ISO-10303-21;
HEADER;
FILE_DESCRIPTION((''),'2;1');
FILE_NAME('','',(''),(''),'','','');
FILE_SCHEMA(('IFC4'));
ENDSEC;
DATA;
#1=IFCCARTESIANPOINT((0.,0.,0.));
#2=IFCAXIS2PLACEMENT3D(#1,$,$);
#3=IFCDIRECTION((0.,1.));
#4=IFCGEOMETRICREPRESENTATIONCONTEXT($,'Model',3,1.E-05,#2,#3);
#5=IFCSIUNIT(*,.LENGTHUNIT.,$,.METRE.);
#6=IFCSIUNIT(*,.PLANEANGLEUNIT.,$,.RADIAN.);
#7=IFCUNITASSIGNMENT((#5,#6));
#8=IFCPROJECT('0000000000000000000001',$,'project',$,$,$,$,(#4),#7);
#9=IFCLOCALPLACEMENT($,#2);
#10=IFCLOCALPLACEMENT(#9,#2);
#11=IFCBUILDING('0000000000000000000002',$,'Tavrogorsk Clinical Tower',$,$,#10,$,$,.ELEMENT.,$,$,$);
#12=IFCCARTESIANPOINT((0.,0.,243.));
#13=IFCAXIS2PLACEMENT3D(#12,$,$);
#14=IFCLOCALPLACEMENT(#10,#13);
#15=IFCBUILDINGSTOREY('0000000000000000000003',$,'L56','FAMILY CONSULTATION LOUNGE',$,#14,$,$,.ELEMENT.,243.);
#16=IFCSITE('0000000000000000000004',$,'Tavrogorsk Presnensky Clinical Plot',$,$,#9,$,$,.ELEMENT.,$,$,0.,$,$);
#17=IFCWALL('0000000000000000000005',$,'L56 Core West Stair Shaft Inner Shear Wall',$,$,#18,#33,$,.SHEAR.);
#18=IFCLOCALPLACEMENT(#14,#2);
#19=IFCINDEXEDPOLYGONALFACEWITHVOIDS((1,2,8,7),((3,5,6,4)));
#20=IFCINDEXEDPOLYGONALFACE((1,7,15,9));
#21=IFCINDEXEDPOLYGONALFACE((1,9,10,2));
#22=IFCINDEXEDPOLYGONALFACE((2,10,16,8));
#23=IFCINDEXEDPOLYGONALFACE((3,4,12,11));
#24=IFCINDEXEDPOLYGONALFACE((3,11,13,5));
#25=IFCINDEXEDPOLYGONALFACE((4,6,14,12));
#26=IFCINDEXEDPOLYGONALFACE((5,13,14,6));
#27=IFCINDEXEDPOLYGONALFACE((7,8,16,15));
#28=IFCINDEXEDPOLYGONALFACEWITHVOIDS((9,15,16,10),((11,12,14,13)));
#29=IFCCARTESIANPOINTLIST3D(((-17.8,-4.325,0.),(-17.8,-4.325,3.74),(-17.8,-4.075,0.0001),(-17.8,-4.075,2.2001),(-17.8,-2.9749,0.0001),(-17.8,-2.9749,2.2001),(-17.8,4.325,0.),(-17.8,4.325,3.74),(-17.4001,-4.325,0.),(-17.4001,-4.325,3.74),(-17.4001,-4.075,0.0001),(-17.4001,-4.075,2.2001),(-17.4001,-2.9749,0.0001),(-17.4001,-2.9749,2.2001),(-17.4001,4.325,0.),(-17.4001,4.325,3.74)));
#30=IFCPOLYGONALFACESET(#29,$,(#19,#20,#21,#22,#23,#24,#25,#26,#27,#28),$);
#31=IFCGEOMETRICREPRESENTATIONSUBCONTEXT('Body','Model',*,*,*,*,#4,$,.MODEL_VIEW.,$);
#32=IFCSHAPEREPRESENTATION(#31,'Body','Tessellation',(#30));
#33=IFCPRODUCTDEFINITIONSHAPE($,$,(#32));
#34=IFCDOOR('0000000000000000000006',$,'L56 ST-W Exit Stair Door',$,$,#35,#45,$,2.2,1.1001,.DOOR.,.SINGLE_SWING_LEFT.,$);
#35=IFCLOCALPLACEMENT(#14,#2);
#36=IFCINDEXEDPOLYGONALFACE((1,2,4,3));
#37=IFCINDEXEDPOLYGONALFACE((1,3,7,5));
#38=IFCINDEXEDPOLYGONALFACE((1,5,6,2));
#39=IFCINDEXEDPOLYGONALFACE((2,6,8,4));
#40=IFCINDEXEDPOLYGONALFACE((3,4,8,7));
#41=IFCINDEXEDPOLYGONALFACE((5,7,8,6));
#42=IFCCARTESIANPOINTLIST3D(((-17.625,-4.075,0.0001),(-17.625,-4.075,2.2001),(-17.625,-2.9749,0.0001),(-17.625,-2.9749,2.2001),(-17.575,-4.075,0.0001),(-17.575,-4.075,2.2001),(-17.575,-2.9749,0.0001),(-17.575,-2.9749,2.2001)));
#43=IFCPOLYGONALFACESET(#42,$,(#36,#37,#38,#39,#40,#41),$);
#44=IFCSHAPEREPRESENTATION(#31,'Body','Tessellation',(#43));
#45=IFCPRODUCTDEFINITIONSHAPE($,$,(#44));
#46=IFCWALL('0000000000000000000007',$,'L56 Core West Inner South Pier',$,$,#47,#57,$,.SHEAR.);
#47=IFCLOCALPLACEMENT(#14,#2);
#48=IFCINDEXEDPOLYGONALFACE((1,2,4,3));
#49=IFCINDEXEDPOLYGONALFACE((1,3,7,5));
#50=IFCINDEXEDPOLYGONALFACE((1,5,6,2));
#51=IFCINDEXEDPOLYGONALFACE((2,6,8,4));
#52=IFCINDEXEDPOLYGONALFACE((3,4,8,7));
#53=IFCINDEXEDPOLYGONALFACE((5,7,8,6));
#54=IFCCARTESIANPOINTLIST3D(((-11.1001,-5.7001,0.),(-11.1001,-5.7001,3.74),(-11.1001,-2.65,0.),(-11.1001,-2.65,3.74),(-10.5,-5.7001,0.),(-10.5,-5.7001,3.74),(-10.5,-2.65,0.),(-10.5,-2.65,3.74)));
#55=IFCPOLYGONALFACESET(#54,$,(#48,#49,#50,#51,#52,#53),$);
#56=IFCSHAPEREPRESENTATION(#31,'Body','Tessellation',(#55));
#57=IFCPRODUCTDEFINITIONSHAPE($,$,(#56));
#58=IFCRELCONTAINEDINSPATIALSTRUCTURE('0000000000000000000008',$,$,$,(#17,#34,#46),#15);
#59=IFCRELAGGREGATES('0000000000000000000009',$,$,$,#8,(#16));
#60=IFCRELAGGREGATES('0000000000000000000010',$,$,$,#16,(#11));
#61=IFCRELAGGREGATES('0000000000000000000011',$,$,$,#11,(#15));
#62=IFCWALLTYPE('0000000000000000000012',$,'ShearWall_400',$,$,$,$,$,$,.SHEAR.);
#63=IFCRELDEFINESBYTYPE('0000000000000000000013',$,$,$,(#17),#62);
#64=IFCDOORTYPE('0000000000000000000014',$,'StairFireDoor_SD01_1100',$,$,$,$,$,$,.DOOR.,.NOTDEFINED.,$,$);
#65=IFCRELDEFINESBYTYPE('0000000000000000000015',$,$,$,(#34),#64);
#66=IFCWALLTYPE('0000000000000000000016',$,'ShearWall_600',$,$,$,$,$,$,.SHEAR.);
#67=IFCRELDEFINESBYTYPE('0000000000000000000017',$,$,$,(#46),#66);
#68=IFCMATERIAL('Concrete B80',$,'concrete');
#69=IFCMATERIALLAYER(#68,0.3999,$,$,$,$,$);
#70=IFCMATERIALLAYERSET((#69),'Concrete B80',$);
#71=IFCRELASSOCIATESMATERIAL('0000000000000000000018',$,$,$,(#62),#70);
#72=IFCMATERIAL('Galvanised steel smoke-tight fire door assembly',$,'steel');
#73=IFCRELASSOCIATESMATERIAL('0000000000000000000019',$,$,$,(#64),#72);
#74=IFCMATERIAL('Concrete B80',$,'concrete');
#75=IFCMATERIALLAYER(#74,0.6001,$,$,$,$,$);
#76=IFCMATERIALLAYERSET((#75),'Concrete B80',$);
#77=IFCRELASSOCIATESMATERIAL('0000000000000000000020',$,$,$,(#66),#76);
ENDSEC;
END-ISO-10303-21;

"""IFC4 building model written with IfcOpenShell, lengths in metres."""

from ifc_helpers import new_model, si_unit, direction, frame, frame_2d, origin, place, context, subcontext, project, spatial, rectangle, extrude, material, layer, layer_set, type_object, element, fill, save


model = new_model("IFC4")

# Units and contexts
model_context = context("Model", 3, precision=1e-05, world=origin(), true_north=direction((0.0, 1.0)))
body_context = subcontext(model_context, "Body", "Model", "MODEL_VIEW")
ifc_project = project(units=[si_unit("LENGTHUNIT", "METRE"), si_unit("PLANEANGLEUNIT", "RADIAN")], contexts=[model_context])

# Site, building, storey
site_placement = place(None, origin())
site = spatial("IfcSite", under=ifc_project, at=site_placement, Name="Tavrogorsk Presnensky Clinical Plot", CompositionType="ELEMENT", RefElevation=0.0)
building_placement = place(site_placement, origin())
building = spatial("IfcBuilding", under=site, at=building_placement, Name="Tavrogorsk Clinical Tower", CompositionType="ELEMENT")
storey_placement = place(building_placement, frame((0.0, 0.0, 243.0)))
storey = spatial("IfcBuildingStorey", under=building, at=storey_placement, Name="L56", Description="FAMILY CONSULTATION LOUNGE", CompositionType="ELEMENT", Elevation=243.0)

# Wall, opening, door
ifc_material_1 = material(Name="Concrete B80", Category="concrete")
ifc_layer_1 = layer(ifc_material_1, 0.3999)
ifc_layer_set_1 = layer_set([ifc_layer_1], Name="Concrete B80")
wall_type_1 = type_object("IfcWallType", Name="ShearWall_400", PredefinedType="SHEAR", material=ifc_layer_set_1)
wall_1_placement = place(storey_placement, frame((-17.6001, -4.325, 0.0), z_axis=(0.0, 0.0, 1.0), x_axis=(0.0, 1.0, 0.0)))
wall_1 = element("IfcWall", 1, at=wall_1_placement, inside=storey, type_object=wall_type_1, Name="L56 Core West Stair Shaft Inner Shear Wall", PredefinedType="SHEAR", context=body_context, shape_type="SweptSolid", body=[
    extrude(rectangle(XDim=8.6499, YDim=0.3999, at=frame_2d((4.325, 0.0))), origin(), (0.0, 0.0, 1.0), 3.74),
])
opening_1_placement = place(wall_1_placement, frame((0.25, 0.0, 0.0)))
opening_1 = element("IfcOpeningElement", 2, at=opening_1_placement, cuts=wall_1, PredefinedType="OPENING", context=body_context, shape_type="SweptSolid", body=[
    extrude(rectangle(XDim=1.1001, YDim=2.2, at=frame_2d((0.55, 1.1001))), frame((0.0, 0.21, 0.0), z_axis=(0.0, -1.0, 0.0), x_axis=(1.0, 0.0, 0.0)), (0.0, 0.0, 1.0), 0.4199),
])
ifc_material_2 = material(Name="Galvanised steel smoke-tight fire door assembly", Category="steel")
door_type_1 = type_object("IfcDoorType", Name="StairFireDoor_SD01_1100", OperationType="NOTDEFINED", PredefinedType="DOOR", material=ifc_material_2)
door_1_placement = place(opening_1_placement, origin())
door_1 = element("IfcDoor", 3, at=door_1_placement, inside=storey, type_object=door_type_1, Name="L56 ST-W Exit Stair Door", OperationType="SINGLE_SWING_LEFT", OverallHeight=2.2, OverallWidth=1.1001, PredefinedType="DOOR", context=body_context, shape_type="SweptSolid", body=[
    extrude(rectangle(XDim=1.1001, YDim=2.2, at=frame_2d((0.55, 1.1001))), frame((0.0, 0.0249, 0.0), z_axis=(0.0, -1.0, 0.0), x_axis=(1.0, 0.0, 0.0)), (0.0, 0.0, 1.0), 0.05),
])
fill(opening_1, door_1)

# Wall
ifc_material_3 = material(Name="Concrete B80", Category="concrete")
ifc_layer_2 = layer(ifc_material_3, 0.6001)
ifc_layer_set_2 = layer_set([ifc_layer_2], Name="Concrete B80")
wall_type_2 = type_object("IfcWallType", Name="ShearWall_600", PredefinedType="SHEAR", material=ifc_layer_set_2)
wall_2_placement = place(storey_placement, frame((-10.8, -5.7, 0.0), z_axis=(0.0, 0.0, 1.0), x_axis=(0.0, 1.0, 0.0)))
element("IfcWall", 4, at=wall_2_placement, inside=storey, type_object=wall_type_2, Name="L56 Core West Inner South Pier", PredefinedType="SHEAR", context=body_context, shape_type="SweptSolid", body=[
    extrude(rectangle(XDim=3.05, YDim=0.6001, at=frame_2d((1.5249, 0.0))), origin(), (0.0, 0.0, 1.0), 3.74),
])

save(model, "model.ifc")
